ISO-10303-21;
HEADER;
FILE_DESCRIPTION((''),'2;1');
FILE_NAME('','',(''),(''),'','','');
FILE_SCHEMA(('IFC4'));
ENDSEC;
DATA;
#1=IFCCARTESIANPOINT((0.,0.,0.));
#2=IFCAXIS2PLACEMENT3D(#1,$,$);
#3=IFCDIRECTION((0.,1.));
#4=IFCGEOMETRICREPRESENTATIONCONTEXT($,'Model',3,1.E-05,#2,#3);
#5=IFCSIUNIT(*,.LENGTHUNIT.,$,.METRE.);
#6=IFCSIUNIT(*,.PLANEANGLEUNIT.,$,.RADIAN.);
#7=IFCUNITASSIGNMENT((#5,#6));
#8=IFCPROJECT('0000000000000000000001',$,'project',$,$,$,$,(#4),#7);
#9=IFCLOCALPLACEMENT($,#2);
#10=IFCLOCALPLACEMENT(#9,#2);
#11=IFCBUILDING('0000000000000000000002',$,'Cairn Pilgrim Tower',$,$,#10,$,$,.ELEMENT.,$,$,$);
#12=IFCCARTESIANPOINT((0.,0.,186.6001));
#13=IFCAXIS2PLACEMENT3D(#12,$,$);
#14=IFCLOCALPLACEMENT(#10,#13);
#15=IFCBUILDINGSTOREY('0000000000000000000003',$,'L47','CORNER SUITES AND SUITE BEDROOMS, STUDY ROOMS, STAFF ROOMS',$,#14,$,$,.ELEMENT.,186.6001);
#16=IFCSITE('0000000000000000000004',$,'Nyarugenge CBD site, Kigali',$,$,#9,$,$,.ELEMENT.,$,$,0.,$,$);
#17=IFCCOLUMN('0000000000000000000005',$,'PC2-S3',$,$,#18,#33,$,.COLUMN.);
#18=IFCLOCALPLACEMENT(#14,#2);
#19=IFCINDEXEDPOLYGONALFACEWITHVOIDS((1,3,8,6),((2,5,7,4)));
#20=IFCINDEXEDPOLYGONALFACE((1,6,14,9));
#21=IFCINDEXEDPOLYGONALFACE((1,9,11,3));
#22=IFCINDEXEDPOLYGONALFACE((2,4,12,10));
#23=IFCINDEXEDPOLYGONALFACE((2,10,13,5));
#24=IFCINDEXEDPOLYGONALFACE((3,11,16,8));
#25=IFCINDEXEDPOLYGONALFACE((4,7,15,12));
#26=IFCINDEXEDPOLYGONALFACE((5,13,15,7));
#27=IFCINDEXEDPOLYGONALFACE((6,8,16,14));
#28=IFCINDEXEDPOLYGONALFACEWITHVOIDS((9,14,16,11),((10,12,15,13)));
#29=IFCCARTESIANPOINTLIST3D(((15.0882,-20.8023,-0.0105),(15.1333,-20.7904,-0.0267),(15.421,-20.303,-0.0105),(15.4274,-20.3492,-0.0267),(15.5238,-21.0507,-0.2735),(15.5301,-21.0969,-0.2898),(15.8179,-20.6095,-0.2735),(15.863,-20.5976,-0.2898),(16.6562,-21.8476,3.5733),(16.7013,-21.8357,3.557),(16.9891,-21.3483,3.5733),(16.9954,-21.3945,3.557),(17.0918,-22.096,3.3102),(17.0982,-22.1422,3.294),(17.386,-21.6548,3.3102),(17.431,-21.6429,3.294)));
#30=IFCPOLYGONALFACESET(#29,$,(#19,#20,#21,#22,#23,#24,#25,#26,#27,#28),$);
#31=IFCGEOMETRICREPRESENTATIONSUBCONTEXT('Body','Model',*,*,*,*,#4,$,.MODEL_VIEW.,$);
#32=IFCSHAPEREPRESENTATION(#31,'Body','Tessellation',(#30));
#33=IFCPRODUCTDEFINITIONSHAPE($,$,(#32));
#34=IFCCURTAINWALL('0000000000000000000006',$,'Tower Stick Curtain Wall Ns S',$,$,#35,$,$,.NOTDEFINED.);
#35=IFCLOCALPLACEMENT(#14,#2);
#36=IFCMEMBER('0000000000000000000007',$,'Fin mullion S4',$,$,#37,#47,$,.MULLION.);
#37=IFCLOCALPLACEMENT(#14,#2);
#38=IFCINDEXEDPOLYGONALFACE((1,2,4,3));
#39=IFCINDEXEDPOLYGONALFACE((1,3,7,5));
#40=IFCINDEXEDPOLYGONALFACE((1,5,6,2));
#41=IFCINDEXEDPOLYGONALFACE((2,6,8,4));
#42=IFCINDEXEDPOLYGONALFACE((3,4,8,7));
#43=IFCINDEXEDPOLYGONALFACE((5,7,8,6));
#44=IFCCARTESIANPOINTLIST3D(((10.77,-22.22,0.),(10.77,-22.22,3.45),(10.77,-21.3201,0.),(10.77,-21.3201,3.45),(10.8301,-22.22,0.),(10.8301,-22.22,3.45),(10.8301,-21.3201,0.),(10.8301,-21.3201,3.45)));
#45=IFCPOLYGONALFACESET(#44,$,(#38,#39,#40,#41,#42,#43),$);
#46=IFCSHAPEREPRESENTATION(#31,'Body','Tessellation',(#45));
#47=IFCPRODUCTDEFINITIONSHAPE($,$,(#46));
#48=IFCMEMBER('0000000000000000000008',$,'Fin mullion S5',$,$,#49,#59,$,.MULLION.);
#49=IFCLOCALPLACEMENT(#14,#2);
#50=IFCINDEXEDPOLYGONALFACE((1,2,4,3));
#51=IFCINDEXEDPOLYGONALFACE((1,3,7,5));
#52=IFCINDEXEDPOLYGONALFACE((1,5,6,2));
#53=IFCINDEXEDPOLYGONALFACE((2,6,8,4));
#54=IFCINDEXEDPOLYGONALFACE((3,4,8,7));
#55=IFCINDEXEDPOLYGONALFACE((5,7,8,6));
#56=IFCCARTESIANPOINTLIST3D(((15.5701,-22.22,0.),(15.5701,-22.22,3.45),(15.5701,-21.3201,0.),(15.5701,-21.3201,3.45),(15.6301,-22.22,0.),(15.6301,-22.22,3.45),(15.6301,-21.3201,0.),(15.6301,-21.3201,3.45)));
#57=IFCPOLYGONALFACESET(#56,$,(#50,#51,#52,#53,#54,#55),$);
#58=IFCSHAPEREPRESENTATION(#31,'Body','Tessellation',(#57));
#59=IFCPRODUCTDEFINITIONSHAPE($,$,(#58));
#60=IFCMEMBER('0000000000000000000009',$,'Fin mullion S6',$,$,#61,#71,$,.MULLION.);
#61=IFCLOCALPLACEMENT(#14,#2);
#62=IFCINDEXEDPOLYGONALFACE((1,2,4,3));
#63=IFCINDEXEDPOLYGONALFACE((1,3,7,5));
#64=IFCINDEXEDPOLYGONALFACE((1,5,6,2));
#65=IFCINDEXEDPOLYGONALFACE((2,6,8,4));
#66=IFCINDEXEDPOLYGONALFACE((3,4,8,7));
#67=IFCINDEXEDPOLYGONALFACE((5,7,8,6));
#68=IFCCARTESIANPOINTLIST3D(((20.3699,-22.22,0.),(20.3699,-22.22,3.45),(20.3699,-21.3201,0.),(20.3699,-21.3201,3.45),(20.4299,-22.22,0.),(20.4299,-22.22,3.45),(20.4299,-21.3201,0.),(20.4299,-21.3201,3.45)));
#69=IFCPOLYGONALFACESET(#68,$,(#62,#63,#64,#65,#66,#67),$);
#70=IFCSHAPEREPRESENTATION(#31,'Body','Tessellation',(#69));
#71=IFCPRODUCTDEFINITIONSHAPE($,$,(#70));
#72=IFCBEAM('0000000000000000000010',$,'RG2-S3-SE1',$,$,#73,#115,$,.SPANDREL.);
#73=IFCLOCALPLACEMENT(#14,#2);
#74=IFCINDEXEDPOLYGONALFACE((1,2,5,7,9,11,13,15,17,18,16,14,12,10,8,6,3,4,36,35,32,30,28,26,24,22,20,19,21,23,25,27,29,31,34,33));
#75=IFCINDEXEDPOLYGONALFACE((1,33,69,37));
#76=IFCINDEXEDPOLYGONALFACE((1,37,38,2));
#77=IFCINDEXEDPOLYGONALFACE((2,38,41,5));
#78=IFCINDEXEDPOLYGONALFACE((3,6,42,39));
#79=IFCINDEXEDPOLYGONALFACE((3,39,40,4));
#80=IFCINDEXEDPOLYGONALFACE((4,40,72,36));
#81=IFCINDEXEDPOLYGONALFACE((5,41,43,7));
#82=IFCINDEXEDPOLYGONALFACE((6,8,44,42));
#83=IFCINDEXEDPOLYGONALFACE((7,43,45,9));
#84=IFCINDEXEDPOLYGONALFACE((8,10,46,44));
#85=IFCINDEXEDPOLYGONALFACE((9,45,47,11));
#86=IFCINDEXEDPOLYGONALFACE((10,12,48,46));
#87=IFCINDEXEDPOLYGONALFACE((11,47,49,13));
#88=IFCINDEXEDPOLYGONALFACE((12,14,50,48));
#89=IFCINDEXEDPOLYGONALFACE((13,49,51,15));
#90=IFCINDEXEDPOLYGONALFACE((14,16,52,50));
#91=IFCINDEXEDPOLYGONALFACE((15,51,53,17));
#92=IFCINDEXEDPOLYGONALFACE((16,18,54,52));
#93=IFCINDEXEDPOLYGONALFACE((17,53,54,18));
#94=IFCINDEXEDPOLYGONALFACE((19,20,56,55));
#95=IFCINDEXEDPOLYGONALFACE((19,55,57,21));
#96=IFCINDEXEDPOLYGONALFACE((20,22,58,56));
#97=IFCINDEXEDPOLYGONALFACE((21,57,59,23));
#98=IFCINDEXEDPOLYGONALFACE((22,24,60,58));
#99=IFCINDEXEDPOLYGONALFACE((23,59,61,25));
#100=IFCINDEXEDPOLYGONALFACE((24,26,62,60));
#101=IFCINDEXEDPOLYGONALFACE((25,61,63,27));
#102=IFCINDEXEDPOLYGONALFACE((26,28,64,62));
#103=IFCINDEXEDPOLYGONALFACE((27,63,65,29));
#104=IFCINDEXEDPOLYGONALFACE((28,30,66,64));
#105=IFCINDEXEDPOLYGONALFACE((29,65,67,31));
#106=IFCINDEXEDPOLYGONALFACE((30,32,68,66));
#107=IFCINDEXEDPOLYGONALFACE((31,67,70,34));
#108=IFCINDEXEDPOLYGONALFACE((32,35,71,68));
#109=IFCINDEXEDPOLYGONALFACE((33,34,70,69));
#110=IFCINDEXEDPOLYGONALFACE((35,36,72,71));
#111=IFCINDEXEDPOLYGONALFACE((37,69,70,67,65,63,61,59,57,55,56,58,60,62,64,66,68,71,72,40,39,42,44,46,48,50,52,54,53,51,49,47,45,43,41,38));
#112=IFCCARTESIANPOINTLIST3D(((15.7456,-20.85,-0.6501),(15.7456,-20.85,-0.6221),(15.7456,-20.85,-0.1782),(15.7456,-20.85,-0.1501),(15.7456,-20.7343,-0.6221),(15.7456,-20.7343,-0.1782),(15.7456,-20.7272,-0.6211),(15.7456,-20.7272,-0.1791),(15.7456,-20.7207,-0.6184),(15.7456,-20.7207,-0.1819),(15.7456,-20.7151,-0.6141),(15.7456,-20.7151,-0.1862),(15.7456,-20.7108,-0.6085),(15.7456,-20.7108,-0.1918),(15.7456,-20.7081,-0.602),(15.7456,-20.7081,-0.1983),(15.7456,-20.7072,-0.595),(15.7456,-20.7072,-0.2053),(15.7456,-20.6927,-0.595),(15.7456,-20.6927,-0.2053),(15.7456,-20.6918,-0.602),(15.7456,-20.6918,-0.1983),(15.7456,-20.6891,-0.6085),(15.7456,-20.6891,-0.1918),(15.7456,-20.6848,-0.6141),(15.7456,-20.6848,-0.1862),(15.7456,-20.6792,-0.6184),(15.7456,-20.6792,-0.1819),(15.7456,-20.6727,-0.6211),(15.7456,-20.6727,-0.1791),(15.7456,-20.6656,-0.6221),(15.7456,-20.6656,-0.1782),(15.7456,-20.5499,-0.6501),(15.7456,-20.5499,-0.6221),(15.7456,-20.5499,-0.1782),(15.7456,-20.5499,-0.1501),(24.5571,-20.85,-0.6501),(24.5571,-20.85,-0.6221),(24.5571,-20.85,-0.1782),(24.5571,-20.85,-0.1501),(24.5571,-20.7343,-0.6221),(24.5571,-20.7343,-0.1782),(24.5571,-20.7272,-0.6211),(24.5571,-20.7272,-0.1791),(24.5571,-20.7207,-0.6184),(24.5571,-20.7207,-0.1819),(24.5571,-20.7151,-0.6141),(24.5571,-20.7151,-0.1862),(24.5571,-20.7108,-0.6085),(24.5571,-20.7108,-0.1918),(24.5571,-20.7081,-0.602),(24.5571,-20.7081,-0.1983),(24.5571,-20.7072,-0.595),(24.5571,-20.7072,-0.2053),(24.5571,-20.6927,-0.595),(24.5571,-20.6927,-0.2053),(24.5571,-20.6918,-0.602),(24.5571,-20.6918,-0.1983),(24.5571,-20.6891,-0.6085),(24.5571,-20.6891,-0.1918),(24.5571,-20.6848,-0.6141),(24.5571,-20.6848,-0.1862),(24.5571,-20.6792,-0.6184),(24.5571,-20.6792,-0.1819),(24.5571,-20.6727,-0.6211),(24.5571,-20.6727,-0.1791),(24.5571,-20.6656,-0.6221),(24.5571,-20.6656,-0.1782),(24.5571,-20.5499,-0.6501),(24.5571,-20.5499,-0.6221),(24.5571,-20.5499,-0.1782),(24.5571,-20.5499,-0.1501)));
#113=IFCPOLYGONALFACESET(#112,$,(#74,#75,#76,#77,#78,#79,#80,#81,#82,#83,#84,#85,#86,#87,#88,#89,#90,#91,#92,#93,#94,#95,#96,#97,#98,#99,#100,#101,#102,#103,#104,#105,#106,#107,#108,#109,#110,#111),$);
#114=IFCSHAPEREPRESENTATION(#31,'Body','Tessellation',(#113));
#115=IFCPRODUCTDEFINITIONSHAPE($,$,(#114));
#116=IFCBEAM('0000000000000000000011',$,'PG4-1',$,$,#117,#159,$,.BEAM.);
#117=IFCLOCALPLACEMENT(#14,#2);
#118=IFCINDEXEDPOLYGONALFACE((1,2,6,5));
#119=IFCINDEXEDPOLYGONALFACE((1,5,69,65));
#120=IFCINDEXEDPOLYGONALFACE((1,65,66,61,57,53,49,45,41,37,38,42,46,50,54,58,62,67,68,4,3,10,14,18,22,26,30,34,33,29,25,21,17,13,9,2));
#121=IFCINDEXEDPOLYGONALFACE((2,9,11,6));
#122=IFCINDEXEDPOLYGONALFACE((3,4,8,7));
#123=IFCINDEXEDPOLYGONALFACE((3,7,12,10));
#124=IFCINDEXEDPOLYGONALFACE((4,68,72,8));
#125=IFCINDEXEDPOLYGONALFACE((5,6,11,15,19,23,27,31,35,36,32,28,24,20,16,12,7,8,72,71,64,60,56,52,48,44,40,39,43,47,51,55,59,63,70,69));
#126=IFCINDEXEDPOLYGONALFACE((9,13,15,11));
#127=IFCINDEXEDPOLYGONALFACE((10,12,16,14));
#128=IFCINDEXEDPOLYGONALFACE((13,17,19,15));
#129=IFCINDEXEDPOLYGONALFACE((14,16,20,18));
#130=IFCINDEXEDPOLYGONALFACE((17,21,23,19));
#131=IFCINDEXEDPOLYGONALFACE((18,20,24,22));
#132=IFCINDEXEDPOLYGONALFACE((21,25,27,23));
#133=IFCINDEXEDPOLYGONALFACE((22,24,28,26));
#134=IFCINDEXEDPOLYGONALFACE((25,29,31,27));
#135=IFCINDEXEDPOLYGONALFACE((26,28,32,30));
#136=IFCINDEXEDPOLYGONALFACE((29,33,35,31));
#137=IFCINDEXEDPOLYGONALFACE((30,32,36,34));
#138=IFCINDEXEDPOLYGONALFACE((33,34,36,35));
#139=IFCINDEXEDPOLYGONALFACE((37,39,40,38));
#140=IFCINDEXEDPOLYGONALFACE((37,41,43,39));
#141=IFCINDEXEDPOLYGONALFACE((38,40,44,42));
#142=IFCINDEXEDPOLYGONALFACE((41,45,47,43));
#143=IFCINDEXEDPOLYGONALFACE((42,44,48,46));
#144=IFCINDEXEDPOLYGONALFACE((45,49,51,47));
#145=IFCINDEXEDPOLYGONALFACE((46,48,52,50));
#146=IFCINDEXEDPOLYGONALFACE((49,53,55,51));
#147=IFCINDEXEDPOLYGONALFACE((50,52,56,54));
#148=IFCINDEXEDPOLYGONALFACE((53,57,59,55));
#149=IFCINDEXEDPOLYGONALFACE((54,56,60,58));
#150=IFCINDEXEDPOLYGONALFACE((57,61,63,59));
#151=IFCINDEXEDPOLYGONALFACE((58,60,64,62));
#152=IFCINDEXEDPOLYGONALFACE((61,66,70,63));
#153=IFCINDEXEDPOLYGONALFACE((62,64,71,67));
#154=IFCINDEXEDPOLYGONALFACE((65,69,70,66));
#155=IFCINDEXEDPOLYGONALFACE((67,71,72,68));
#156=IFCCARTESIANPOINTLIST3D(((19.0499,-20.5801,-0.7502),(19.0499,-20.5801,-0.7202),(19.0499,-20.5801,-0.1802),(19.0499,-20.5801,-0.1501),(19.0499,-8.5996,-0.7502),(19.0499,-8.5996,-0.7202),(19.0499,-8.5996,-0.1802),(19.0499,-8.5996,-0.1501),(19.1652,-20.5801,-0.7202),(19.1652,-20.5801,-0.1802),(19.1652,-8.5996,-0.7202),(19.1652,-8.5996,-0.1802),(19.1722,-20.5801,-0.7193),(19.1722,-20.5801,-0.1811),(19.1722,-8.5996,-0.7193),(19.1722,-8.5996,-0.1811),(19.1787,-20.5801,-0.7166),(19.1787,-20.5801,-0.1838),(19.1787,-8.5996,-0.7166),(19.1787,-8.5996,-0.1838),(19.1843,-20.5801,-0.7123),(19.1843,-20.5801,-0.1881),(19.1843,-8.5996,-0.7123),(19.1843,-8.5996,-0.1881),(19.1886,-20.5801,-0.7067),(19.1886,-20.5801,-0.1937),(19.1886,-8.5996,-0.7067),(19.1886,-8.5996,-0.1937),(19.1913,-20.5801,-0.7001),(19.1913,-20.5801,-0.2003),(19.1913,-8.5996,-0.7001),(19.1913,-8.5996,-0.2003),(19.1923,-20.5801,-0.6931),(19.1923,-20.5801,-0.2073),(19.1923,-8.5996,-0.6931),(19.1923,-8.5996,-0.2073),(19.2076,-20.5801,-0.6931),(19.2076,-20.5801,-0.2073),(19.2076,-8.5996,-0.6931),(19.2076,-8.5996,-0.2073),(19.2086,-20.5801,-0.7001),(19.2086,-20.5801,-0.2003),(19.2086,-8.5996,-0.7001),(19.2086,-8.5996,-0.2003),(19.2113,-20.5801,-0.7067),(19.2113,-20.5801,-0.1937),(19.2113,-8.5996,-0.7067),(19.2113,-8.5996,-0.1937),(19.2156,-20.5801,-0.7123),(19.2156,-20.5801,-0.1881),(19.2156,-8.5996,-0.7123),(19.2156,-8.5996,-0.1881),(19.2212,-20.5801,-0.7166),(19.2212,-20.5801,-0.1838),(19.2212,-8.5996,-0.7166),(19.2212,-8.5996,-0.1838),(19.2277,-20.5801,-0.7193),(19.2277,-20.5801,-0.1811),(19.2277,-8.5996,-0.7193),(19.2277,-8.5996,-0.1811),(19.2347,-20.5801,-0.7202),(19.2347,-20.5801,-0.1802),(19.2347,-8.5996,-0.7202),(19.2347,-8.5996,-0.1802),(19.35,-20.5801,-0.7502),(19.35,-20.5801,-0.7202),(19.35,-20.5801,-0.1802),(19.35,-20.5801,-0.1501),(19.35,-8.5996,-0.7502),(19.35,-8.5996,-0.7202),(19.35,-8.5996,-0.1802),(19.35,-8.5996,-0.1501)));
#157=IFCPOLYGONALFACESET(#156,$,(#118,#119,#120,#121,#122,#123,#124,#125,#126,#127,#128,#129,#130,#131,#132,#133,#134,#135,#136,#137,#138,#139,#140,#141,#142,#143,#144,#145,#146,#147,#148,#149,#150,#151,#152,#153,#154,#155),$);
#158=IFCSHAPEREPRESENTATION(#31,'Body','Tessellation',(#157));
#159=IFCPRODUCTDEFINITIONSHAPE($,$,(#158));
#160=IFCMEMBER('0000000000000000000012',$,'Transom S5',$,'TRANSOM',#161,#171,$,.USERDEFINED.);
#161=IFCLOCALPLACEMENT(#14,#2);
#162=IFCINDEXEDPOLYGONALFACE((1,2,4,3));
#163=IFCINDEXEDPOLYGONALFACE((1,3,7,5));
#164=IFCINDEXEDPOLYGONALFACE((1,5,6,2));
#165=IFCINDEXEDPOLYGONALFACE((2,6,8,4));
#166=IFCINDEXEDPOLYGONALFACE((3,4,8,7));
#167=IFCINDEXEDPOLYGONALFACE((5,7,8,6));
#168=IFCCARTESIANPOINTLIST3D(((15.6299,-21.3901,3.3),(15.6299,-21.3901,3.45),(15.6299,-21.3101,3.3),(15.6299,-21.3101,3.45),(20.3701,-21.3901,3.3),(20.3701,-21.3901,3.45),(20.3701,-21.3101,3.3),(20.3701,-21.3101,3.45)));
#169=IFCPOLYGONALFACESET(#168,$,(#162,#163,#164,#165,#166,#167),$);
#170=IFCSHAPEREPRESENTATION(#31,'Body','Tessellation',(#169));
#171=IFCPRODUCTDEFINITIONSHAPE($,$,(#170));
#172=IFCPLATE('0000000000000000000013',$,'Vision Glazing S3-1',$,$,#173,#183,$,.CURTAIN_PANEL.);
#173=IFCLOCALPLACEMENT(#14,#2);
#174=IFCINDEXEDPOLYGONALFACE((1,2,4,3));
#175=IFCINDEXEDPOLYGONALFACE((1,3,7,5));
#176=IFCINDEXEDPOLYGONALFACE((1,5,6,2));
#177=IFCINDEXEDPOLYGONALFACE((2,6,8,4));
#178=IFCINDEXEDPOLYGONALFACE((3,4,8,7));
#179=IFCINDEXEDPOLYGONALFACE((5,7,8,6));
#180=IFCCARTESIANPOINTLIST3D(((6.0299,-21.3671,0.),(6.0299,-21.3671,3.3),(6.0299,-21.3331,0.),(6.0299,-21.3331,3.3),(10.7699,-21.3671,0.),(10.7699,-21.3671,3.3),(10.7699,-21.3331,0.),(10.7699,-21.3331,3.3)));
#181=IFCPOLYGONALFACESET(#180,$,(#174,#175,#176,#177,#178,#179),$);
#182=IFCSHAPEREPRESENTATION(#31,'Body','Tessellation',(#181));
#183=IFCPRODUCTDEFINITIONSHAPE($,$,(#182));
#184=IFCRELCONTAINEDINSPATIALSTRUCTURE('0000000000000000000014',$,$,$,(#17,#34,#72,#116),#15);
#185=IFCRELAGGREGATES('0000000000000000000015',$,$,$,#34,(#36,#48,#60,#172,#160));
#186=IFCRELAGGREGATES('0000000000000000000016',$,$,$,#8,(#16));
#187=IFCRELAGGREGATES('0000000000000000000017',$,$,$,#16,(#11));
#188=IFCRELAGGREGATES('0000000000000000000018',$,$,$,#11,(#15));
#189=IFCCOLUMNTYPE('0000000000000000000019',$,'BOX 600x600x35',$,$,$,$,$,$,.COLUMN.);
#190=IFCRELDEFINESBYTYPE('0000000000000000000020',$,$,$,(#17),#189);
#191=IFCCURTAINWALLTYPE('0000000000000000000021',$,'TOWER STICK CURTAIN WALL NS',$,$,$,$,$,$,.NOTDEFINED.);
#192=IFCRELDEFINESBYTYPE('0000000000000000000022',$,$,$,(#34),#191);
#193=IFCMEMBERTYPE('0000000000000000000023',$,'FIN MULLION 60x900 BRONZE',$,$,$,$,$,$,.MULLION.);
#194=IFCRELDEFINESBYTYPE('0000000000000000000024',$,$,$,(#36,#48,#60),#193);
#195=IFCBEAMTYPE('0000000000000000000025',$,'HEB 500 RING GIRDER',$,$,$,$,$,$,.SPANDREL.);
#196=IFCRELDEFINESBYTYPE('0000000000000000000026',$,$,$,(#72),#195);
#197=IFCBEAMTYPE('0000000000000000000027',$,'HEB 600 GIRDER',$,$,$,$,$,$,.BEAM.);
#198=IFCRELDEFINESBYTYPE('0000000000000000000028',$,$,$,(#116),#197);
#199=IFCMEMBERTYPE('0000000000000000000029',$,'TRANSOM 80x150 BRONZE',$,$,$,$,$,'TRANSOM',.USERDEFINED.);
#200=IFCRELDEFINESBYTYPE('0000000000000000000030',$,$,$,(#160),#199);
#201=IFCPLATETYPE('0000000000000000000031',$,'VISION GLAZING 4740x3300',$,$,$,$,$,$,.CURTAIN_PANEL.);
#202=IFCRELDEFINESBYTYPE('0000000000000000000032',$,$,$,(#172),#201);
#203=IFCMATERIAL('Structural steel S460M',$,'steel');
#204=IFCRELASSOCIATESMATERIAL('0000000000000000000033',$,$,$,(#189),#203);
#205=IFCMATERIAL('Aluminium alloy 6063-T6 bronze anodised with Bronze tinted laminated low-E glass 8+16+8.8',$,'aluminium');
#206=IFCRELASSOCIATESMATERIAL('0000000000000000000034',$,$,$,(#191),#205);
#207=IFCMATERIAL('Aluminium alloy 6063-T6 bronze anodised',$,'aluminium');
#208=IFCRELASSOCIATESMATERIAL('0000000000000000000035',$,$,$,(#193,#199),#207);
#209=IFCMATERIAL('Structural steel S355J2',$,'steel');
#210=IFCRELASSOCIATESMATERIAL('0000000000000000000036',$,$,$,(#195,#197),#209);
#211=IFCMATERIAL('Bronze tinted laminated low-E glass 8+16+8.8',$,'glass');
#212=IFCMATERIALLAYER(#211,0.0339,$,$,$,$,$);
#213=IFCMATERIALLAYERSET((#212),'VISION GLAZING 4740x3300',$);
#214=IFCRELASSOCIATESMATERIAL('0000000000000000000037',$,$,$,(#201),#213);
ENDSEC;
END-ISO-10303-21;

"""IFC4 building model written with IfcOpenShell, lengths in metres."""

from ifc_helpers import new_model, si_unit, direction, frame, origin, origin_2d, place, context, subcontext, project, spatial, rectangle, hollow_rectangle, i_section, extrude, clip, halfspace, material, layer, layer_set, material_profile, profile_set, type_object, element, aggregate, save


model = new_model("IFC4")

# Units and contexts
model_context = context("Model", 3, precision=1e-05, world=origin(), true_north=direction((0.0, 1.0)))
body_context = subcontext(model_context, "Body", "Model", "MODEL_VIEW")
ifc_project = project(units=[si_unit("LENGTHUNIT", "METRE"), si_unit("PLANEANGLEUNIT", "RADIAN")], contexts=[model_context])

# Site, building, storey
site_placement = place(None, origin())
site = spatial("IfcSite", under=ifc_project, at=site_placement, Name="Nyarugenge CBD site, Kigali", CompositionType="ELEMENT", RefElevation=0.0)
building_placement = place(site_placement, origin())
building = spatial("IfcBuilding", under=site, at=building_placement, Name="Cairn Pilgrim Tower", CompositionType="ELEMENT")
storey_placement = place(building_placement, frame((0.0, 0.0, 186.6001)))
storey = spatial("IfcBuildingStorey", under=building, at=storey_placement, Name="L47", Description="CORNER SUITES AND SUITE BEDROOMS, STUDY ROOMS, STAFF ROOMS", CompositionType="ELEMENT", Elevation=186.6001)

# Column
ifc_material_1 = material(Name="Structural steel S460M", Category="steel")
ifc_material_profile_1 = material_profile(ifc_material_1, hollow_rectangle(XDim=0.6001, YDim=0.6001, WallThickness=0.0349, at=origin_2d()), Name="BOX 600x600x35")
ifc_profile_set_1 = profile_set([ifc_material_profile_1], Name="Structural steel S460M")
column_type = type_object("IfcColumnType", Name="BOX 600x600x35", PredefinedType="COLUMN", material=ifc_profile_set_1)
column_placement = place(storey_placement, frame((15.4756, -20.7, -0.1501), z_axis=(0.387264, -0.258156, 0.885089), x_axis=(0.55467, 0.83207, 0.0)))
element("IfcColumn", 1, at=column_placement, inside=storey, type_object=column_type, Name="PC2-S3", PredefinedType="COLUMN", context=body_context, shape_type="Clipping", body=[
    clip(extrude(hollow_rectangle(XDim=0.6001, YDim=0.6001, WallThickness=0.0349, at=origin_2d()), origin(), (0.0, 0.0, 1.0), 4.0674), halfspace(frame((0.0, 0.0, 4.0491), z_axis=(0.0, 0.0, 1.0), x_axis=(1.0, 0.0, 0.0)), False)),
])

# Curtain wall, members
ifc_material_2 = material(Name="Aluminium alloy 6063-T6 bronze anodised with Bronze tinted laminated low-E glass 8+16+8.8", Category="aluminium")
curtain_wall_type = type_object("IfcCurtainWallType", Name="TOWER STICK CURTAIN WALL NS", PredefinedType="NOTDEFINED", material=ifc_material_2)
curtain_wall_placement = place(storey_placement, origin())
curtain_wall = element("IfcCurtainWall", 2, at=curtain_wall_placement, inside=storey, type_object=curtain_wall_type, Name="Tower Stick Curtain Wall Ns S", PredefinedType="NOTDEFINED")
ifc_material_3 = material(Name="Aluminium alloy 6063-T6 bronze anodised", Category="aluminium")
ifc_material_profile_2 = material_profile(ifc_material_3, rectangle(XDim=0.8999, YDim=0.0601, at=origin_2d()), Name="FIN MULLION 60x900 BRONZE")
ifc_profile_set_2 = profile_set([ifc_material_profile_2], Name="Aluminium alloy 6063-T6 bronze anodised")
member_type_1 = type_object("IfcMemberType", Name="FIN MULLION 60x900 BRONZE", PredefinedType="MULLION", material=ifc_profile_set_2)
member_1_placement = place(storey_placement, frame((10.8, -21.77, 0.0), z_axis=(0.0, 0.0, 1.0), x_axis=(0.0, -1.0, 0.0)))
member_1 = element("IfcMember", 3, at=member_1_placement, type_object=member_type_1, Name="Fin mullion S4", PredefinedType="MULLION", context=body_context, shape_type="SweptSolid", body=[
    extrude(rectangle(XDim=0.8999, YDim=0.0601, at=origin_2d()), origin(), (0.0, 0.0, 1.0), 3.45),
])
member_2_placement = place(storey_placement, frame((15.6001, -21.77, 0.0), z_axis=(0.0, 0.0, 1.0), x_axis=(0.0, -1.0, 0.0)))
member_2 = element("IfcMember", 4, at=member_2_placement, type_object=member_type_1, Name="Fin mullion S5", PredefinedType="MULLION", context=body_context, shape_type="SweptSolid", body=[
    extrude(rectangle(XDim=0.8999, YDim=0.0601, at=origin_2d()), origin(), (0.0, 0.0, 1.0), 3.45),
])
member_3_placement = place(storey_placement, frame((20.3999, -21.77, 0.0), z_axis=(0.0, 0.0, 1.0), x_axis=(0.0, -1.0, 0.0)))
member_3 = element("IfcMember", 5, at=member_3_placement, type_object=member_type_1, Name="Fin mullion S6", PredefinedType="MULLION", context=body_context, shape_type="SweptSolid", body=[
    extrude(rectangle(XDim=0.8999, YDim=0.0601, at=origin_2d()), origin(), (0.0, 0.0, 1.0), 3.45),
])

# Beams
ifc_material_4 = material(Name="Structural steel S355J2", Category="steel")
ifc_material_profile_3 = material_profile(ifc_material_4, i_section(OverallWidth=0.3, OverallDepth=0.5, WebThickness=0.0144, FlangeThickness=0.0281, FilletRadius=0.0271, at=origin_2d()), Name="HEB 500")
ifc_profile_set_3 = profile_set([ifc_material_profile_3], Name="Structural steel S355J2")
beam_type_1 = type_object("IfcBeamType", Name="HEB 500 RING GIRDER", PredefinedType="SPANDREL", material=ifc_profile_set_3)
beam_1_placement = place(storey_placement, frame((15.7456, -20.7, -0.4001), z_axis=(1.0, 0.0, 0.0), x_axis=(0.0, 1.0, 0.0)))
element("IfcBeam", 6, at=beam_1_placement, inside=storey, type_object=beam_type_1, Name="RG2-S3-SE1", PredefinedType="SPANDREL", context=body_context, shape_type="SweptSolid", body=[
    extrude(i_section(OverallWidth=0.3, OverallDepth=0.5, WebThickness=0.0144, FlangeThickness=0.0281, FilletRadius=0.0271, at=origin_2d()), origin(), (0.0, 0.0, 1.0), 8.8115),
])
ifc_material_profile_4 = material_profile(ifc_material_4, i_section(OverallWidth=0.3, OverallDepth=0.6001, WebThickness=0.0154, FlangeThickness=0.03, FilletRadius=0.0271, at=origin_2d()), Name="HEB 600")
ifc_profile_set_4 = profile_set([ifc_material_profile_4], Name="Structural steel S355J2")
beam_type_2 = type_object("IfcBeamType", Name="HEB 600 GIRDER", PredefinedType="BEAM", material=ifc_profile_set_4)
beam_2_placement = place(storey_placement, frame((19.2, -20.5801, -0.4502), z_axis=(0.0, 1.0, 0.0), x_axis=(-1.0, 0.0, 0.0)))
element("IfcBeam", 7, at=beam_2_placement, inside=storey, type_object=beam_type_2, Name="PG4-1", PredefinedType="BEAM", context=body_context, shape_type="SweptSolid", body=[
    extrude(i_section(OverallWidth=0.3, OverallDepth=0.6001, WebThickness=0.0154, FlangeThickness=0.03, FilletRadius=0.0271, at=origin_2d()), origin(), (0.0, 0.0, 1.0), 11.9805),
])

# Member
ifc_material_profile_5 = material_profile(ifc_material_3, rectangle(XDim=0.0801, YDim=0.1499, at=origin_2d()), Name="TRANSOM 80x150 BRONZE")
ifc_profile_set_5 = profile_set([ifc_material_profile_5], Name="Aluminium alloy 6063-T6 bronze anodised")
member_type_2 = type_object("IfcMemberType", Name="TRANSOM 80x150 BRONZE", ElementType="TRANSOM", PredefinedType="USERDEFINED", material=ifc_profile_set_5)
member_4_placement = place(storey_placement, frame((15.6299, -21.3501, 3.375), z_axis=(1.0, 0.0, 0.0), x_axis=(0.0, 1.0, 0.0)))
member_4 = element("IfcMember", 8, at=member_4_placement, type_object=member_type_2, Name="Transom S5", ObjectType="TRANSOM", PredefinedType="USERDEFINED", context=body_context, shape_type="SweptSolid", body=[
    extrude(rectangle(XDim=0.0801, YDim=0.1499, at=origin_2d()), origin(), (0.0, 0.0, 1.0), 4.7402),
])

# Plate
ifc_material_5 = material(Name="Bronze tinted laminated low-E glass 8+16+8.8", Category="glass")
ifc_layer_1 = layer(ifc_material_5, 0.0339)
ifc_layer_set_1 = layer_set([ifc_layer_1], Name="VISION GLAZING 4740x3300")
plate_type = type_object("IfcPlateType", Name="VISION GLAZING 4740x3300", PredefinedType="CURTAIN_PANEL", material=ifc_layer_set_1)
plate_1_placement = place(storey_placement, frame((8.3999, -21.3501, 0.0), z_axis=(0.0, 0.0, 1.0), x_axis=(1.0, 0.0, 0.0)))
plate_1 = element("IfcPlate", 9, at=plate_1_placement, type_object=plate_type, Name="Vision Glazing S3-1", PredefinedType="CURTAIN_PANEL", context=body_context, shape_type="SweptSolid", body=[
    extrude(rectangle(XDim=4.74, YDim=0.0339, at=origin_2d()), origin(), (0.0, 0.0, 1.0), 3.3),
])
aggregate(curtain_wall, [member_1, member_2, member_3, plate_1, member_4])

save(model, "model.ifc")
